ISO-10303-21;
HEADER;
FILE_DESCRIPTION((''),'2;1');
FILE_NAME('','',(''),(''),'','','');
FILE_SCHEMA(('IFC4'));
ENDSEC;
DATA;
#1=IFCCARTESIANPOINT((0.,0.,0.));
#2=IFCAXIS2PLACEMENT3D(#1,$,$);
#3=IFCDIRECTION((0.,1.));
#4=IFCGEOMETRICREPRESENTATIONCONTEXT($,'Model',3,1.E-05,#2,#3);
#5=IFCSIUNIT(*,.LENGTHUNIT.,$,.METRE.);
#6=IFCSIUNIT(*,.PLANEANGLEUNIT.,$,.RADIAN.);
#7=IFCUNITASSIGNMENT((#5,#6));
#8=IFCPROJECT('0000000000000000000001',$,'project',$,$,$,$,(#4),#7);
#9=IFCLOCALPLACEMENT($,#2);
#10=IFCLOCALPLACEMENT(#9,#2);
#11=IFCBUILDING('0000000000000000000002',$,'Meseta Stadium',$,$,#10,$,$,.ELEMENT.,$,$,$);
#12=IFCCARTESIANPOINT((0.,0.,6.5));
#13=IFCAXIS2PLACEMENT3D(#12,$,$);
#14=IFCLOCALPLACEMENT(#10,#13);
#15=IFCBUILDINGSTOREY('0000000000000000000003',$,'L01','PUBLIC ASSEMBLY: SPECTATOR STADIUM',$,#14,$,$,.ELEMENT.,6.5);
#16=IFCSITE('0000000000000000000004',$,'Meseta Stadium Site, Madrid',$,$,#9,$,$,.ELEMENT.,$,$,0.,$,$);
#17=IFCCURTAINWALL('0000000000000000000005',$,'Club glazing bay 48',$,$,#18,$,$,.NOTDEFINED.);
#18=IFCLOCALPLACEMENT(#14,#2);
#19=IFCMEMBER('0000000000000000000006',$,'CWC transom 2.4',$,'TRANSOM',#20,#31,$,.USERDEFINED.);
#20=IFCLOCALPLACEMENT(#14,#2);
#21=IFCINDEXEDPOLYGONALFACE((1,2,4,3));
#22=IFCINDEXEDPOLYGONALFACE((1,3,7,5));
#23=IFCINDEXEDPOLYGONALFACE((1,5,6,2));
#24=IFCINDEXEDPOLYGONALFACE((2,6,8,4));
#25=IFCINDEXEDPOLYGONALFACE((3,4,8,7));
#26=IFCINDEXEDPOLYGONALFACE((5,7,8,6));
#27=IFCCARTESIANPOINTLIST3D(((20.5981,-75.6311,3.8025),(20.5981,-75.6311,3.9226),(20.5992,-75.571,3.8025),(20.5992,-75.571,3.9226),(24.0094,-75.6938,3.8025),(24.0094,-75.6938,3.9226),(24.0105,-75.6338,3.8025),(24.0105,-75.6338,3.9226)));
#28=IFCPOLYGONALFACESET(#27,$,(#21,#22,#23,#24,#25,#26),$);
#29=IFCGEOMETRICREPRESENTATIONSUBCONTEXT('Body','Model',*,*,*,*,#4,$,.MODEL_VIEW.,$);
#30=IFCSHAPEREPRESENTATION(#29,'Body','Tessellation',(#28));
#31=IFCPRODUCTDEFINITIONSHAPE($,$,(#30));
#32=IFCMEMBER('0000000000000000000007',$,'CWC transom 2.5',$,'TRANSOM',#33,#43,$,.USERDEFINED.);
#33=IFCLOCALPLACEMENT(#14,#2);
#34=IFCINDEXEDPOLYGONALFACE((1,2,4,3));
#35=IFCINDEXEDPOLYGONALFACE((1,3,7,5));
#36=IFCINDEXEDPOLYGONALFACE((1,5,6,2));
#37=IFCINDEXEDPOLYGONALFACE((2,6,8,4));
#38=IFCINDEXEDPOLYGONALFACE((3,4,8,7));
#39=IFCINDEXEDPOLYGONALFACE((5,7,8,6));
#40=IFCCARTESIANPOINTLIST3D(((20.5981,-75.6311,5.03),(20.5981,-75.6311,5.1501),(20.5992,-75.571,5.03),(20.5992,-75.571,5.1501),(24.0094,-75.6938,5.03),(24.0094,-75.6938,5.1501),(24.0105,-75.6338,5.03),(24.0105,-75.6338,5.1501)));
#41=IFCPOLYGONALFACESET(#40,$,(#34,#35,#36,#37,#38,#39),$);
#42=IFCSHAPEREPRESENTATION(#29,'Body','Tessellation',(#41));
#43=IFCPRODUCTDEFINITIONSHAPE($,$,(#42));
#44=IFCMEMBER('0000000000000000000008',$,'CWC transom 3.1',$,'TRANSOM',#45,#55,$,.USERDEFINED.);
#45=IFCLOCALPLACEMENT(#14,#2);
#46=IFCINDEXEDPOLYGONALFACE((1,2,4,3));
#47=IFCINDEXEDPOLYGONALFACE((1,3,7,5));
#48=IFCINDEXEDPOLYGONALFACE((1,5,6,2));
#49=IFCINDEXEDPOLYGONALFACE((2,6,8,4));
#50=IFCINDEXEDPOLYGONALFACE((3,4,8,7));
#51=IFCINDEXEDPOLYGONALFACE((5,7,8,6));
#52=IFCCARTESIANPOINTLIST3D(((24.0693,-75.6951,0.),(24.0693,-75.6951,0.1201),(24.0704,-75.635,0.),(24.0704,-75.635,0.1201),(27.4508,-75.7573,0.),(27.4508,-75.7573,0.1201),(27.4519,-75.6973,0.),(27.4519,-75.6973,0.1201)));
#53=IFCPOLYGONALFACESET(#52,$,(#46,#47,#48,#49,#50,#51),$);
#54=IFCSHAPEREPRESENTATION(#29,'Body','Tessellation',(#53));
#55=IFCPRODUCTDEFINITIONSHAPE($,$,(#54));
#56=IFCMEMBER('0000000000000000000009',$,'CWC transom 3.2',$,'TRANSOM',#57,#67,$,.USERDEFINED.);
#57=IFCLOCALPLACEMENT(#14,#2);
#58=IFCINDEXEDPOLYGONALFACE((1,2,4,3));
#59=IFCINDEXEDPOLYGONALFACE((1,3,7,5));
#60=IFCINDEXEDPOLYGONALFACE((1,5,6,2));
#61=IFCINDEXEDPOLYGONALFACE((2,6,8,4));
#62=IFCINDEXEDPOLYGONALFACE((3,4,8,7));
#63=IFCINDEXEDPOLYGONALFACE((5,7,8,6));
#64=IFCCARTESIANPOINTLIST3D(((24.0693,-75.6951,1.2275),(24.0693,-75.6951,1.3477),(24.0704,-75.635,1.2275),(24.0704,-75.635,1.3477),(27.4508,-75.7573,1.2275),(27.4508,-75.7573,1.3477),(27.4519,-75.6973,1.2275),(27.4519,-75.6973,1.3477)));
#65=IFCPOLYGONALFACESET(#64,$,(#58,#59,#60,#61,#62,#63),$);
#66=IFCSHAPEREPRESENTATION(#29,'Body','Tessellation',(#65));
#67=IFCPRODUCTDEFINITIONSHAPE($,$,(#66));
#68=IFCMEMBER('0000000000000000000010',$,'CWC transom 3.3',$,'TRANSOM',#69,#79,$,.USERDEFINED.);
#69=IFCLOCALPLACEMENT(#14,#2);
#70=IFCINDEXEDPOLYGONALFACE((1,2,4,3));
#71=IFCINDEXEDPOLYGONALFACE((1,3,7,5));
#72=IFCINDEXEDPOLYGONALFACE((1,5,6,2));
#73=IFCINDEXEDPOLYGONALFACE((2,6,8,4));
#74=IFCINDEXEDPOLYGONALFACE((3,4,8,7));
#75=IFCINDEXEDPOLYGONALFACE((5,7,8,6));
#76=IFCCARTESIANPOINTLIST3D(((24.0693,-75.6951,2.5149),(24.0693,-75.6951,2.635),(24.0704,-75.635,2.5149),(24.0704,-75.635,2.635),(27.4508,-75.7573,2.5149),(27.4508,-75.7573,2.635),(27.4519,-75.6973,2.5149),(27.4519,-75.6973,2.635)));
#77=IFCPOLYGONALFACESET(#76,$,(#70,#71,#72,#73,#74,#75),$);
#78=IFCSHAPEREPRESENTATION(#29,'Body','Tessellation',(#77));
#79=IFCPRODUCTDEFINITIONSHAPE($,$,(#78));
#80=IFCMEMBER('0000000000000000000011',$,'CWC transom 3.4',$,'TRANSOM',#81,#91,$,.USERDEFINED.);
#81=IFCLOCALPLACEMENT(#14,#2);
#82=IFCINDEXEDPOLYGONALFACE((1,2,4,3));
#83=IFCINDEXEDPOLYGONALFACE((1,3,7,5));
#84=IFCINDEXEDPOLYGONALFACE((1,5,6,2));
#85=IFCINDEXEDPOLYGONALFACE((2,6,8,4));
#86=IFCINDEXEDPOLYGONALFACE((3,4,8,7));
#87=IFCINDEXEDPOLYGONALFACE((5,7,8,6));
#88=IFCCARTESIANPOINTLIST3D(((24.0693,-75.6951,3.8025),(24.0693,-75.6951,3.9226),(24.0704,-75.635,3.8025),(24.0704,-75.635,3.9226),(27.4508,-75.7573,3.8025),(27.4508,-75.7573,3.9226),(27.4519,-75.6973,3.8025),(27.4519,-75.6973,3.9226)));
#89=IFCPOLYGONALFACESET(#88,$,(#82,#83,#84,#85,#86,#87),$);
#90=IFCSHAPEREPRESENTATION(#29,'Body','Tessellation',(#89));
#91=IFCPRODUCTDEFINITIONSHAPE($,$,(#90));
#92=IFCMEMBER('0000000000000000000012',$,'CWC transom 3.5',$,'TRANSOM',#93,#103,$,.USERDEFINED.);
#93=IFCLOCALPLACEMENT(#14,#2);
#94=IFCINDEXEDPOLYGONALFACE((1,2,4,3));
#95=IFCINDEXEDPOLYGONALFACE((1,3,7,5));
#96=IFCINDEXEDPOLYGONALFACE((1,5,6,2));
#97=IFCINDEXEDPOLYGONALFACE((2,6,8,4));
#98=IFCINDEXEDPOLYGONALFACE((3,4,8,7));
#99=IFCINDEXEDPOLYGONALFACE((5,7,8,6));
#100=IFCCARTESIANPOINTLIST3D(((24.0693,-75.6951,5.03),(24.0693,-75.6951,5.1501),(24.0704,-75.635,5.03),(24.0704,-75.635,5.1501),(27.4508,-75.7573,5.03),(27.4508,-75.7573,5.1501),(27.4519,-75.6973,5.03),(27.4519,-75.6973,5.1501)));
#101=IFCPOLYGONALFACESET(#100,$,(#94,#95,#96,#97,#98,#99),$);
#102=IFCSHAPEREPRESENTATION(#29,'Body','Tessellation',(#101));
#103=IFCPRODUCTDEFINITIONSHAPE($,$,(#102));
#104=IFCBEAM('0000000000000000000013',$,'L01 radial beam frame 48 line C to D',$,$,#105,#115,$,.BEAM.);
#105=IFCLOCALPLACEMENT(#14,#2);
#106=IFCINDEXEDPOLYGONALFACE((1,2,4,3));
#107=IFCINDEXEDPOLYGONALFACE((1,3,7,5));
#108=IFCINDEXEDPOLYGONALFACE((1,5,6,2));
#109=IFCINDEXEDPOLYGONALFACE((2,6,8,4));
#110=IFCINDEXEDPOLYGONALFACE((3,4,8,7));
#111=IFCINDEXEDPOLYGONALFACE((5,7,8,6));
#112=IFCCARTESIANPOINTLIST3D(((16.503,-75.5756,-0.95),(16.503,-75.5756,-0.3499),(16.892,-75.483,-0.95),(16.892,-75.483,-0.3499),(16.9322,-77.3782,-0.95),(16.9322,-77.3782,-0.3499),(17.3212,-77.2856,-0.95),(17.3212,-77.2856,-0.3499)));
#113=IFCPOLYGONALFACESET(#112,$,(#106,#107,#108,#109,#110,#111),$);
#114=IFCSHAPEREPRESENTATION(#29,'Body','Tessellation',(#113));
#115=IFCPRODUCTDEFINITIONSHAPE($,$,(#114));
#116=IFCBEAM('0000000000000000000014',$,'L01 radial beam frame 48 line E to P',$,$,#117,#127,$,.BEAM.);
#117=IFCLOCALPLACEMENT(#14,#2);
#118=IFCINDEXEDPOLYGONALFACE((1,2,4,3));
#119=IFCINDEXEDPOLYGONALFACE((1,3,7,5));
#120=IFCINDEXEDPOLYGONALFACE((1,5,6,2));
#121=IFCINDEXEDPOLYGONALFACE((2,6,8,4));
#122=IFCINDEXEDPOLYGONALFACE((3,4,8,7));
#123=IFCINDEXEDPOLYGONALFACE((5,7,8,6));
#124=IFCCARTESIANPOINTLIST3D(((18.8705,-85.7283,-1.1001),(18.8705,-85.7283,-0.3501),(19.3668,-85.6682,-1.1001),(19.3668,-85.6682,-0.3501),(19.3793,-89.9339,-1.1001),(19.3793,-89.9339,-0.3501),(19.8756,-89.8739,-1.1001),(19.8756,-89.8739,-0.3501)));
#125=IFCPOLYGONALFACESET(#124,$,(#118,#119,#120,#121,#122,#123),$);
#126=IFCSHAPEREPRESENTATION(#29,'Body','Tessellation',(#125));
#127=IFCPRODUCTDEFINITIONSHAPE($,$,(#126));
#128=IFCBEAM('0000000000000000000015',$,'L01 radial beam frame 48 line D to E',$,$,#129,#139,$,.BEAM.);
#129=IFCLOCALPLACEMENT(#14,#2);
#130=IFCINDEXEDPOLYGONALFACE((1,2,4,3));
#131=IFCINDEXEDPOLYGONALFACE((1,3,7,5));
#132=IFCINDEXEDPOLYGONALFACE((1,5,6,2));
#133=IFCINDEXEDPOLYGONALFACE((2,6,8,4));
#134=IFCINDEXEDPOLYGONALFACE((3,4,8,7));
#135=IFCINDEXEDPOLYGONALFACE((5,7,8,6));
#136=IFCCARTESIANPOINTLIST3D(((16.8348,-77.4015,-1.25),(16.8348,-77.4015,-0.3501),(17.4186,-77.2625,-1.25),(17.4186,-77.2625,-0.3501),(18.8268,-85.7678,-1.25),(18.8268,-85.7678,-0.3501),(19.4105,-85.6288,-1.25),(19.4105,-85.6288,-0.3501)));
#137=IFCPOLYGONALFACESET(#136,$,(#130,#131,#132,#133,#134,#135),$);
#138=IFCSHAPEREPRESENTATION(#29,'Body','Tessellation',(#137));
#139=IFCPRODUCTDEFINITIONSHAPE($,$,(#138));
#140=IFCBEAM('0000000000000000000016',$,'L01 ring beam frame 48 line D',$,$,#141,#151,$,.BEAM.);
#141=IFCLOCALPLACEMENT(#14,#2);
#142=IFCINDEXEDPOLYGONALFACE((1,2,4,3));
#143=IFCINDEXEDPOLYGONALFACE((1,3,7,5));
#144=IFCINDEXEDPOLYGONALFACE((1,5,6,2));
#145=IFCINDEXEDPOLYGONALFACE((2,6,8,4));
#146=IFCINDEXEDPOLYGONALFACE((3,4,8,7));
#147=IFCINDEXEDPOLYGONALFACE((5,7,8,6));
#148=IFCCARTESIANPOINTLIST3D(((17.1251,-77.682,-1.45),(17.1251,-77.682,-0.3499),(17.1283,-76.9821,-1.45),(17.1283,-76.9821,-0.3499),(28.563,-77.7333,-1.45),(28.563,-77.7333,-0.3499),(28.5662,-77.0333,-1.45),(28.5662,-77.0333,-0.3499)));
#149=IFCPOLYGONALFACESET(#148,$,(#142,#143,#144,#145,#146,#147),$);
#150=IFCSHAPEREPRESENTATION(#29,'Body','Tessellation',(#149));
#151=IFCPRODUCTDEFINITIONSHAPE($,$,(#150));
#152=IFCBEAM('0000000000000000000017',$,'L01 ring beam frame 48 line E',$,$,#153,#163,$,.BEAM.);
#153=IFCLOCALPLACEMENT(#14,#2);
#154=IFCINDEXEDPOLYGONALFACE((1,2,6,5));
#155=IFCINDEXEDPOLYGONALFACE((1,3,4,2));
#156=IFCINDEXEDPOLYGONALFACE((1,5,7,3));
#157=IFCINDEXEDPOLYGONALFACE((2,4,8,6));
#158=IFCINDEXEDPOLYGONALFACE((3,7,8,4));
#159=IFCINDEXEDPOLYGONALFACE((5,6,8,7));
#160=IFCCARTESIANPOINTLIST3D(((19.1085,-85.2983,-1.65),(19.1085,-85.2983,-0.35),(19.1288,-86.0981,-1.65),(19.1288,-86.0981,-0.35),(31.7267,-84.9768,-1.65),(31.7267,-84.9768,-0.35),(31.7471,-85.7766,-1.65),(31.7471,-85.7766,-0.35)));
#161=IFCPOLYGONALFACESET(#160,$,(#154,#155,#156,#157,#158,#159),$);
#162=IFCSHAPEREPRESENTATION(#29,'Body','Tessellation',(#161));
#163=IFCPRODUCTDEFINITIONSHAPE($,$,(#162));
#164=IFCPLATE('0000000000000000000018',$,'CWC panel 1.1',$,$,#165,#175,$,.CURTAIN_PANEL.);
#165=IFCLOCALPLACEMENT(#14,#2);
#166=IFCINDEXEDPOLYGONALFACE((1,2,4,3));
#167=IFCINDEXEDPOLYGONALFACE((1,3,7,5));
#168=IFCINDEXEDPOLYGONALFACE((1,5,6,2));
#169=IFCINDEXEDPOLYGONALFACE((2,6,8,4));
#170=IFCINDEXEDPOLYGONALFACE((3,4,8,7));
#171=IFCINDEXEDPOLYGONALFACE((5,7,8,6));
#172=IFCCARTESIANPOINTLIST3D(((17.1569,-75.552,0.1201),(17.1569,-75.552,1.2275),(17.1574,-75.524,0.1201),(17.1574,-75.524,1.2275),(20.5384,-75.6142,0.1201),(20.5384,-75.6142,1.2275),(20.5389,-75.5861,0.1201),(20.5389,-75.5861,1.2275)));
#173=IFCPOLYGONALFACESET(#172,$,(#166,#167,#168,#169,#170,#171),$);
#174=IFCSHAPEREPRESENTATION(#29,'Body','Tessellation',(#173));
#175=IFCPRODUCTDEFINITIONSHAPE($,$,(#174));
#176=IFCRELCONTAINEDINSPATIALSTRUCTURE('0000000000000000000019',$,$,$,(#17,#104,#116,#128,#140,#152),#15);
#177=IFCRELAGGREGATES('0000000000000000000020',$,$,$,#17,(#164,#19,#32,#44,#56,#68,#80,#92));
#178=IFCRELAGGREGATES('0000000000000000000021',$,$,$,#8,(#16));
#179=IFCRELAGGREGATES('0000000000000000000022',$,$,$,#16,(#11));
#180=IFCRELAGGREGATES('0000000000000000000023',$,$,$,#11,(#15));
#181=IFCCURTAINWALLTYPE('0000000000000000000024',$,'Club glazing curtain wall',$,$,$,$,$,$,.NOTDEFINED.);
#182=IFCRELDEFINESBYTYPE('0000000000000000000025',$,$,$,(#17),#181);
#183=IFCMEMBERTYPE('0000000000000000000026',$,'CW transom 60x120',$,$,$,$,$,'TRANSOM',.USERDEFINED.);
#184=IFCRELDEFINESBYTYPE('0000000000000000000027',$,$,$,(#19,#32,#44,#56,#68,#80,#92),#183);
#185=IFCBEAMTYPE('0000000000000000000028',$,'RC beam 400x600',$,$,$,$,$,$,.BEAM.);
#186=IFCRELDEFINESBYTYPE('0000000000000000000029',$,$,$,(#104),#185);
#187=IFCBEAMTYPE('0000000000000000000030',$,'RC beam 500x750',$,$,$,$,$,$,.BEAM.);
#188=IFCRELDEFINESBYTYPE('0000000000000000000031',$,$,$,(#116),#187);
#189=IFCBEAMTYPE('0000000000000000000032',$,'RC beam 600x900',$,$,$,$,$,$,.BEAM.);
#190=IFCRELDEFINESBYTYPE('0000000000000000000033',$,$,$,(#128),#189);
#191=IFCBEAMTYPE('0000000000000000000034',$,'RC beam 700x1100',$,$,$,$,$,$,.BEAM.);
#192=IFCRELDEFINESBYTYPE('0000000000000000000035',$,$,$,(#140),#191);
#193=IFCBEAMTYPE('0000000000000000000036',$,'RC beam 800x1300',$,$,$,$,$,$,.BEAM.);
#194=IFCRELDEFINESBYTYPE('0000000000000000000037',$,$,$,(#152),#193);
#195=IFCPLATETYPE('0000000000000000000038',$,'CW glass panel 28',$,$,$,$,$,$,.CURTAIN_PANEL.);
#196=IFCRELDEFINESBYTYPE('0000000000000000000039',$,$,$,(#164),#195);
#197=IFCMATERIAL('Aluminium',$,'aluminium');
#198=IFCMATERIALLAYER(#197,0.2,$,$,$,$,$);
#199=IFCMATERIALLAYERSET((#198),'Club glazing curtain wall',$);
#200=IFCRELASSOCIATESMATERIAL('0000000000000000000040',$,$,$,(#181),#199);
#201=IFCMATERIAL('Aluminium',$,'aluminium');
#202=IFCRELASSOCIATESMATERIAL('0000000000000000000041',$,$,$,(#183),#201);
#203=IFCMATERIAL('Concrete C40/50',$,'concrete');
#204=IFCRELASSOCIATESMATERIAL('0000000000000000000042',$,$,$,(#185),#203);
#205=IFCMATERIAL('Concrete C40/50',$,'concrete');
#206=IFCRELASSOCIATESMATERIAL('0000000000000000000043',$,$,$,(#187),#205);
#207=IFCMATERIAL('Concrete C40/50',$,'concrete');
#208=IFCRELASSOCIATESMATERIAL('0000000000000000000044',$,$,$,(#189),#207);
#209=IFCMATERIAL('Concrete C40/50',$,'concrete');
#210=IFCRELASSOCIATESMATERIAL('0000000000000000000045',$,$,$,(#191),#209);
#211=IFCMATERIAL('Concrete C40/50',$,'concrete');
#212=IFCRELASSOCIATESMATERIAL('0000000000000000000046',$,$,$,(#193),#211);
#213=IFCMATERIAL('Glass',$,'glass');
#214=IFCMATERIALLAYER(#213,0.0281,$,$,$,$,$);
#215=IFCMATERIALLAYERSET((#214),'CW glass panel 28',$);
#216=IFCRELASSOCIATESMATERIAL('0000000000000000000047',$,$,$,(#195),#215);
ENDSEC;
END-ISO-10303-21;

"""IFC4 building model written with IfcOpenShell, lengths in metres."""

from ifc_helpers import new_model, si_unit, direction, frame, origin, origin_2d, place, context, subcontext, project, spatial, rectangle, extrude, material, layer, layer_set, material_profile, profile_set, type_object, element, aggregate, save


model = new_model("IFC4")

# Units and contexts
model_context = context("Model", 3, precision=1e-05, world=origin(), true_north=direction((0.0, 1.0)))
body_context = subcontext(model_context, "Body", "Model", "MODEL_VIEW")
ifc_project = project(units=[si_unit("LENGTHUNIT", "METRE"), si_unit("PLANEANGLEUNIT", "RADIAN")], contexts=[model_context])

# Site, building, storey
site_placement = place(None, origin())
site = spatial("IfcSite", under=ifc_project, at=site_placement, Name="Meseta Stadium Site, Madrid", CompositionType="ELEMENT", RefElevation=0.0)
building_placement = place(site_placement, origin())
building = spatial("IfcBuilding", under=site, at=building_placement, Name="Meseta Stadium", CompositionType="ELEMENT")
storey_placement = place(building_placement, frame((0.0, 0.0, 6.5)))
storey = spatial("IfcBuildingStorey", under=building, at=storey_placement, Name="L01", Description="PUBLIC ASSEMBLY: SPECTATOR STADIUM", CompositionType="ELEMENT", Elevation=6.5)

# Curtain wall, members
ifc_material_1 = material(Name="Aluminium", Category="aluminium")
ifc_layer_1 = layer(ifc_material_1, 0.2)
ifc_layer_set_1 = layer_set([ifc_layer_1], Name="Club glazing curtain wall")
curtain_wall_type = type_object("IfcCurtainWallType", Name="Club glazing curtain wall", PredefinedType="NOTDEFINED", material=ifc_layer_set_1)
curtain_wall_placement = place(storey_placement, origin())
curtain_wall = element("IfcCurtainWall", 1, at=curtain_wall_placement, inside=storey, type_object=curtain_wall_type, Name="Club glazing bay 48", PredefinedType="NOTDEFINED")
ifc_material_2 = material(Name="Aluminium", Category="aluminium")
ifc_material_profile_1 = material_profile(ifc_material_2, rectangle(XDim=0.0601, YDim=0.1201, at=origin_2d()), Name="CW 60x120")
ifc_profile_set_1 = profile_set([ifc_material_profile_1], Name="Aluminium")
member_type_1 = type_object("IfcMemberType", Name="CW transom 60x120", ElementType="TRANSOM", PredefinedType="USERDEFINED", material=ifc_profile_set_1)
member_1_placement = place(storey_placement, frame((20.5986, -75.6011, 3.8625), z_axis=(0.999831, -0.01839, 0.0), x_axis=(0.01839, 0.999831, 0.0)))
member_1 = element("IfcMember", 2, at=member_1_placement, type_object=member_type_1, Name="CWC transom 2.4", ObjectType="TRANSOM", PredefinedType="USERDEFINED", context=body_context, shape_type="SweptSolid", body=[
    extrude(rectangle(XDim=0.0601, YDim=0.1201, at=origin_2d()), origin(), (0.0, 0.0, 1.0), 3.4119),
])
member_2_placement = place(storey_placement, frame((20.5986, -75.6011, 5.0901), z_axis=(0.999831, -0.01839, 0.0), x_axis=(0.01839, 0.999831, 0.0)))
member_2 = element("IfcMember", 3, at=member_2_placement, type_object=member_type_1, Name="CWC transom 2.5", ObjectType="TRANSOM", PredefinedType="USERDEFINED", context=body_context, shape_type="SweptSolid", body=[
    extrude(rectangle(XDim=0.0601, YDim=0.1201, at=origin_2d()), origin(), (0.0, 0.0, 1.0), 3.4119),
])
member_3_placement = place(storey_placement, frame((24.0698, -75.665, 0.0601), z_axis=(0.999831, -0.018407, 0.0), x_axis=(0.018407, 0.999831, 0.0)))
member_3 = element("IfcMember", 4, at=member_3_placement, type_object=member_type_1, Name="CWC transom 3.1", ObjectType="TRANSOM", PredefinedType="USERDEFINED", context=body_context, shape_type="SweptSolid", body=[
    extrude(rectangle(XDim=0.0601, YDim=0.1201, at=origin_2d()), origin(), (0.0, 0.0, 1.0), 3.3821),
])
member_4_placement = place(storey_placement, frame((24.0698, -75.665, 1.2876), z_axis=(0.999831, -0.018407, 0.0), x_axis=(0.018407, 0.999831, 0.0)))
member_4 = element("IfcMember", 5, at=member_4_placement, type_object=member_type_1, Name="CWC transom 3.2", ObjectType="TRANSOM", PredefinedType="USERDEFINED", context=body_context, shape_type="SweptSolid", body=[
    extrude(rectangle(XDim=0.0601, YDim=0.1201, at=origin_2d()), origin(), (0.0, 0.0, 1.0), 3.3821),
])
member_5_placement = place(storey_placement, frame((24.0698, -75.665, 2.575), z_axis=(0.999831, -0.018407, 0.0), x_axis=(0.018407, 0.999831, 0.0)))
member_5 = element("IfcMember", 6, at=member_5_placement, type_object=member_type_1, Name="CWC transom 3.3", ObjectType="TRANSOM", PredefinedType="USERDEFINED", context=body_context, shape_type="SweptSolid", body=[
    extrude(rectangle(XDim=0.0601, YDim=0.1201, at=origin_2d()), origin(), (0.0, 0.0, 1.0), 3.3821),
])
member_6_placement = place(storey_placement, frame((24.0698, -75.665, 3.8625), z_axis=(0.999831, -0.018407, 0.0), x_axis=(0.018407, 0.999831, 0.0)))
member_6 = element("IfcMember", 7, at=member_6_placement, type_object=member_type_1, Name="CWC transom 3.4", ObjectType="TRANSOM", PredefinedType="USERDEFINED", context=body_context, shape_type="SweptSolid", body=[
    extrude(rectangle(XDim=0.0601, YDim=0.1201, at=origin_2d()), origin(), (0.0, 0.0, 1.0), 3.3821),
])
member_7_placement = place(storey_placement, frame((24.0698, -75.665, 5.0901), z_axis=(0.999831, -0.018407, 0.0), x_axis=(0.018407, 0.999831, 0.0)))
member_7 = element("IfcMember", 8, at=member_7_placement, type_object=member_type_1, Name="CWC transom 3.5", ObjectType="TRANSOM", PredefinedType="USERDEFINED", context=body_context, shape_type="SweptSolid", body=[
    extrude(rectangle(XDim=0.0601, YDim=0.1201, at=origin_2d()), origin(), (0.0, 0.0, 1.0), 3.3821),
])

# Beams
ifc_material_3 = material(Name="Concrete C40/50", Category="concrete")
ifc_material_profile_2 = material_profile(ifc_material_3, rectangle(XDim=0.3999, YDim=0.6001, at=origin_2d()), Name="RC 400x600")
ifc_profile_set_2 = profile_set([ifc_material_profile_2], Name="Concrete C40/50")
beam_type_1 = type_object("IfcBeamType", Name="RC beam 400x600", PredefinedType="BEAM", material=ifc_profile_set_2)
beam_1_placement = place(storey_placement, frame((16.6975, -75.5293, -0.6499), z_axis=(0.231609, -0.972809, 0.0), x_axis=(0.972809, 0.231609, 0.0)))
element("IfcBeam", 9, at=beam_1_placement, inside=storey, type_object=beam_type_1, Name="L01 radial beam frame 48 line C to D", PredefinedType="BEAM", context=body_context, shape_type="SweptSolid", body=[
    extrude(rectangle(XDim=0.3999, YDim=0.6001, at=origin_2d()), origin(), (0.0, 0.0, 1.0), 1.853),
])
ifc_material_4 = material(Name="Concrete C40/50", Category="concrete")
ifc_material_profile_3 = material_profile(ifc_material_4, rectangle(XDim=0.5, YDim=0.75, at=origin_2d()), Name="RC 500x750")
ifc_profile_set_3 = profile_set([ifc_material_profile_3], Name="Concrete C40/50")
beam_type_2 = type_object("IfcBeamType", Name="RC beam 500x750", PredefinedType="BEAM", material=ifc_profile_set_3)
beam_2_placement = place(storey_placement, frame((19.1187, -85.6982, -0.7251), z_axis=(0.120104, -0.992761, 0.0), x_axis=(0.992761, 0.120104, 0.0)))
element("IfcBeam", 10, at=beam_2_placement, inside=storey, type_object=beam_type_2, Name="L01 radial beam frame 48 line E to P", PredefinedType="BEAM", context=body_context, shape_type="SweptSolid", body=[
    extrude(rectangle(XDim=0.5, YDim=0.75, at=origin_2d()), origin(), (0.0, 0.0, 1.0), 4.2363),
])
ifc_material_5 = material(Name="Concrete C40/50", Category="concrete")
ifc_material_profile_4 = material_profile(ifc_material_5, rectangle(XDim=0.6001, YDim=0.8999, at=origin_2d()), Name="RC 600x900")
ifc_profile_set_4 = profile_set([ifc_material_profile_4], Name="Concrete C40/50")
beam_type_3 = type_object("IfcBeamType", Name="RC beam 600x900", PredefinedType="BEAM", material=ifc_profile_set_4)
beam_3_placement = place(storey_placement, frame((17.1267, -77.332, -0.8), z_axis=(0.231619, -0.972807, 0.0), x_axis=(0.972807, 0.231619, 0.0)))
element("IfcBeam", 11, at=beam_3_placement, inside=storey, type_object=beam_type_3, Name="L01 radial beam frame 48 line D to E", PredefinedType="BEAM", context=body_context, shape_type="SweptSolid", body=[
    extrude(rectangle(XDim=0.6001, YDim=0.8999, at=origin_2d()), origin(), (0.0, 0.0, 1.0), 8.6001),
])
ifc_material_6 = material(Name="Concrete C40/50", Category="concrete")
ifc_material_profile_5 = material_profile(ifc_material_6, rectangle(XDim=0.7, YDim=1.1001, at=origin_2d()), Name="RC 700x1100")
ifc_profile_set_5 = profile_set([ifc_material_profile_5], Name="Concrete C40/50")
beam_type_4 = type_object("IfcBeamType", Name="RC beam 700x1100", PredefinedType="BEAM", material=ifc_profile_set_5)
beam_4_placement = place(storey_placement, frame((17.1267, -77.332, -0.8999), z_axis=(0.99999, -0.004482, 0.0), x_axis=(0.004482, 0.99999, 0.0)))
element("IfcBeam", 12, at=beam_4_placement, inside=storey, type_object=beam_type_4, Name="L01 ring beam frame 48 line D", PredefinedType="BEAM", context=body_context, shape_type="SweptSolid", body=[
    extrude(rectangle(XDim=0.7, YDim=1.1001, at=origin_2d()), origin(), (0.0, 0.0, 1.0), 11.438),
])
ifc_material_7 = material(Name="Concrete C40/50", Category="concrete")
ifc_material_profile_6 = material_profile(ifc_material_7, rectangle(XDim=0.8, YDim=1.3, at=origin_2d()), Name="RC 800x1300")
ifc_profile_set_6 = profile_set([ifc_material_profile_6], Name="Concrete C40/50")
beam_type_5 = type_object("IfcBeamType", Name="RC beam 800x1300", PredefinedType="BEAM", material=ifc_profile_set_6)
beam_5_placement = place(storey_placement, frame((19.1187, -85.6982, -1.0), z_axis=(0.999675, 0.025474, 0.0), x_axis=(-0.025474, 0.999675, 0.0)))
element("IfcBeam", 13, at=beam_5_placement, inside=storey, type_object=beam_type_5, Name="L01 ring beam frame 48 line E", PredefinedType="BEAM", context=body_context, shape_type="SweptSolid", body=[
    extrude(rectangle(XDim=0.8, YDim=1.3, at=origin_2d()), origin(), (0.0, 0.0, 1.0), 12.6223),
])

# Plate
ifc_material_8 = material(Name="Glass", Category="glass")
ifc_layer_2 = layer(ifc_material_8, 0.0281)
ifc_layer_set_2 = layer_set([ifc_layer_2], Name="CW glass panel 28")
plate_type = type_object("IfcPlateType", Name="CW glass panel 28", PredefinedType="CURTAIN_PANEL", material=ifc_layer_set_2)
plate_1_placement = place(storey_placement, frame((18.8479, -75.5691, 0.1201), z_axis=(0.0, 0.0, 1.0), x_axis=(0.999831, -0.018384, 0.0)))
plate_1 = element("IfcPlate", 14, at=plate_1_placement, type_object=plate_type, Name="CWC panel 1.1", PredefinedType="CURTAIN_PANEL", context=body_context, shape_type="SweptSolid", body=[
    extrude(rectangle(XDim=3.3821, YDim=0.0281, at=origin_2d()), origin(), (0.0, 0.0, 1.0), 1.1074),
])
aggregate(curtain_wall, [plate_1, member_1, member_2, member_3, member_4, member_5, member_6, member_7])

save(model, "model.ifc")
